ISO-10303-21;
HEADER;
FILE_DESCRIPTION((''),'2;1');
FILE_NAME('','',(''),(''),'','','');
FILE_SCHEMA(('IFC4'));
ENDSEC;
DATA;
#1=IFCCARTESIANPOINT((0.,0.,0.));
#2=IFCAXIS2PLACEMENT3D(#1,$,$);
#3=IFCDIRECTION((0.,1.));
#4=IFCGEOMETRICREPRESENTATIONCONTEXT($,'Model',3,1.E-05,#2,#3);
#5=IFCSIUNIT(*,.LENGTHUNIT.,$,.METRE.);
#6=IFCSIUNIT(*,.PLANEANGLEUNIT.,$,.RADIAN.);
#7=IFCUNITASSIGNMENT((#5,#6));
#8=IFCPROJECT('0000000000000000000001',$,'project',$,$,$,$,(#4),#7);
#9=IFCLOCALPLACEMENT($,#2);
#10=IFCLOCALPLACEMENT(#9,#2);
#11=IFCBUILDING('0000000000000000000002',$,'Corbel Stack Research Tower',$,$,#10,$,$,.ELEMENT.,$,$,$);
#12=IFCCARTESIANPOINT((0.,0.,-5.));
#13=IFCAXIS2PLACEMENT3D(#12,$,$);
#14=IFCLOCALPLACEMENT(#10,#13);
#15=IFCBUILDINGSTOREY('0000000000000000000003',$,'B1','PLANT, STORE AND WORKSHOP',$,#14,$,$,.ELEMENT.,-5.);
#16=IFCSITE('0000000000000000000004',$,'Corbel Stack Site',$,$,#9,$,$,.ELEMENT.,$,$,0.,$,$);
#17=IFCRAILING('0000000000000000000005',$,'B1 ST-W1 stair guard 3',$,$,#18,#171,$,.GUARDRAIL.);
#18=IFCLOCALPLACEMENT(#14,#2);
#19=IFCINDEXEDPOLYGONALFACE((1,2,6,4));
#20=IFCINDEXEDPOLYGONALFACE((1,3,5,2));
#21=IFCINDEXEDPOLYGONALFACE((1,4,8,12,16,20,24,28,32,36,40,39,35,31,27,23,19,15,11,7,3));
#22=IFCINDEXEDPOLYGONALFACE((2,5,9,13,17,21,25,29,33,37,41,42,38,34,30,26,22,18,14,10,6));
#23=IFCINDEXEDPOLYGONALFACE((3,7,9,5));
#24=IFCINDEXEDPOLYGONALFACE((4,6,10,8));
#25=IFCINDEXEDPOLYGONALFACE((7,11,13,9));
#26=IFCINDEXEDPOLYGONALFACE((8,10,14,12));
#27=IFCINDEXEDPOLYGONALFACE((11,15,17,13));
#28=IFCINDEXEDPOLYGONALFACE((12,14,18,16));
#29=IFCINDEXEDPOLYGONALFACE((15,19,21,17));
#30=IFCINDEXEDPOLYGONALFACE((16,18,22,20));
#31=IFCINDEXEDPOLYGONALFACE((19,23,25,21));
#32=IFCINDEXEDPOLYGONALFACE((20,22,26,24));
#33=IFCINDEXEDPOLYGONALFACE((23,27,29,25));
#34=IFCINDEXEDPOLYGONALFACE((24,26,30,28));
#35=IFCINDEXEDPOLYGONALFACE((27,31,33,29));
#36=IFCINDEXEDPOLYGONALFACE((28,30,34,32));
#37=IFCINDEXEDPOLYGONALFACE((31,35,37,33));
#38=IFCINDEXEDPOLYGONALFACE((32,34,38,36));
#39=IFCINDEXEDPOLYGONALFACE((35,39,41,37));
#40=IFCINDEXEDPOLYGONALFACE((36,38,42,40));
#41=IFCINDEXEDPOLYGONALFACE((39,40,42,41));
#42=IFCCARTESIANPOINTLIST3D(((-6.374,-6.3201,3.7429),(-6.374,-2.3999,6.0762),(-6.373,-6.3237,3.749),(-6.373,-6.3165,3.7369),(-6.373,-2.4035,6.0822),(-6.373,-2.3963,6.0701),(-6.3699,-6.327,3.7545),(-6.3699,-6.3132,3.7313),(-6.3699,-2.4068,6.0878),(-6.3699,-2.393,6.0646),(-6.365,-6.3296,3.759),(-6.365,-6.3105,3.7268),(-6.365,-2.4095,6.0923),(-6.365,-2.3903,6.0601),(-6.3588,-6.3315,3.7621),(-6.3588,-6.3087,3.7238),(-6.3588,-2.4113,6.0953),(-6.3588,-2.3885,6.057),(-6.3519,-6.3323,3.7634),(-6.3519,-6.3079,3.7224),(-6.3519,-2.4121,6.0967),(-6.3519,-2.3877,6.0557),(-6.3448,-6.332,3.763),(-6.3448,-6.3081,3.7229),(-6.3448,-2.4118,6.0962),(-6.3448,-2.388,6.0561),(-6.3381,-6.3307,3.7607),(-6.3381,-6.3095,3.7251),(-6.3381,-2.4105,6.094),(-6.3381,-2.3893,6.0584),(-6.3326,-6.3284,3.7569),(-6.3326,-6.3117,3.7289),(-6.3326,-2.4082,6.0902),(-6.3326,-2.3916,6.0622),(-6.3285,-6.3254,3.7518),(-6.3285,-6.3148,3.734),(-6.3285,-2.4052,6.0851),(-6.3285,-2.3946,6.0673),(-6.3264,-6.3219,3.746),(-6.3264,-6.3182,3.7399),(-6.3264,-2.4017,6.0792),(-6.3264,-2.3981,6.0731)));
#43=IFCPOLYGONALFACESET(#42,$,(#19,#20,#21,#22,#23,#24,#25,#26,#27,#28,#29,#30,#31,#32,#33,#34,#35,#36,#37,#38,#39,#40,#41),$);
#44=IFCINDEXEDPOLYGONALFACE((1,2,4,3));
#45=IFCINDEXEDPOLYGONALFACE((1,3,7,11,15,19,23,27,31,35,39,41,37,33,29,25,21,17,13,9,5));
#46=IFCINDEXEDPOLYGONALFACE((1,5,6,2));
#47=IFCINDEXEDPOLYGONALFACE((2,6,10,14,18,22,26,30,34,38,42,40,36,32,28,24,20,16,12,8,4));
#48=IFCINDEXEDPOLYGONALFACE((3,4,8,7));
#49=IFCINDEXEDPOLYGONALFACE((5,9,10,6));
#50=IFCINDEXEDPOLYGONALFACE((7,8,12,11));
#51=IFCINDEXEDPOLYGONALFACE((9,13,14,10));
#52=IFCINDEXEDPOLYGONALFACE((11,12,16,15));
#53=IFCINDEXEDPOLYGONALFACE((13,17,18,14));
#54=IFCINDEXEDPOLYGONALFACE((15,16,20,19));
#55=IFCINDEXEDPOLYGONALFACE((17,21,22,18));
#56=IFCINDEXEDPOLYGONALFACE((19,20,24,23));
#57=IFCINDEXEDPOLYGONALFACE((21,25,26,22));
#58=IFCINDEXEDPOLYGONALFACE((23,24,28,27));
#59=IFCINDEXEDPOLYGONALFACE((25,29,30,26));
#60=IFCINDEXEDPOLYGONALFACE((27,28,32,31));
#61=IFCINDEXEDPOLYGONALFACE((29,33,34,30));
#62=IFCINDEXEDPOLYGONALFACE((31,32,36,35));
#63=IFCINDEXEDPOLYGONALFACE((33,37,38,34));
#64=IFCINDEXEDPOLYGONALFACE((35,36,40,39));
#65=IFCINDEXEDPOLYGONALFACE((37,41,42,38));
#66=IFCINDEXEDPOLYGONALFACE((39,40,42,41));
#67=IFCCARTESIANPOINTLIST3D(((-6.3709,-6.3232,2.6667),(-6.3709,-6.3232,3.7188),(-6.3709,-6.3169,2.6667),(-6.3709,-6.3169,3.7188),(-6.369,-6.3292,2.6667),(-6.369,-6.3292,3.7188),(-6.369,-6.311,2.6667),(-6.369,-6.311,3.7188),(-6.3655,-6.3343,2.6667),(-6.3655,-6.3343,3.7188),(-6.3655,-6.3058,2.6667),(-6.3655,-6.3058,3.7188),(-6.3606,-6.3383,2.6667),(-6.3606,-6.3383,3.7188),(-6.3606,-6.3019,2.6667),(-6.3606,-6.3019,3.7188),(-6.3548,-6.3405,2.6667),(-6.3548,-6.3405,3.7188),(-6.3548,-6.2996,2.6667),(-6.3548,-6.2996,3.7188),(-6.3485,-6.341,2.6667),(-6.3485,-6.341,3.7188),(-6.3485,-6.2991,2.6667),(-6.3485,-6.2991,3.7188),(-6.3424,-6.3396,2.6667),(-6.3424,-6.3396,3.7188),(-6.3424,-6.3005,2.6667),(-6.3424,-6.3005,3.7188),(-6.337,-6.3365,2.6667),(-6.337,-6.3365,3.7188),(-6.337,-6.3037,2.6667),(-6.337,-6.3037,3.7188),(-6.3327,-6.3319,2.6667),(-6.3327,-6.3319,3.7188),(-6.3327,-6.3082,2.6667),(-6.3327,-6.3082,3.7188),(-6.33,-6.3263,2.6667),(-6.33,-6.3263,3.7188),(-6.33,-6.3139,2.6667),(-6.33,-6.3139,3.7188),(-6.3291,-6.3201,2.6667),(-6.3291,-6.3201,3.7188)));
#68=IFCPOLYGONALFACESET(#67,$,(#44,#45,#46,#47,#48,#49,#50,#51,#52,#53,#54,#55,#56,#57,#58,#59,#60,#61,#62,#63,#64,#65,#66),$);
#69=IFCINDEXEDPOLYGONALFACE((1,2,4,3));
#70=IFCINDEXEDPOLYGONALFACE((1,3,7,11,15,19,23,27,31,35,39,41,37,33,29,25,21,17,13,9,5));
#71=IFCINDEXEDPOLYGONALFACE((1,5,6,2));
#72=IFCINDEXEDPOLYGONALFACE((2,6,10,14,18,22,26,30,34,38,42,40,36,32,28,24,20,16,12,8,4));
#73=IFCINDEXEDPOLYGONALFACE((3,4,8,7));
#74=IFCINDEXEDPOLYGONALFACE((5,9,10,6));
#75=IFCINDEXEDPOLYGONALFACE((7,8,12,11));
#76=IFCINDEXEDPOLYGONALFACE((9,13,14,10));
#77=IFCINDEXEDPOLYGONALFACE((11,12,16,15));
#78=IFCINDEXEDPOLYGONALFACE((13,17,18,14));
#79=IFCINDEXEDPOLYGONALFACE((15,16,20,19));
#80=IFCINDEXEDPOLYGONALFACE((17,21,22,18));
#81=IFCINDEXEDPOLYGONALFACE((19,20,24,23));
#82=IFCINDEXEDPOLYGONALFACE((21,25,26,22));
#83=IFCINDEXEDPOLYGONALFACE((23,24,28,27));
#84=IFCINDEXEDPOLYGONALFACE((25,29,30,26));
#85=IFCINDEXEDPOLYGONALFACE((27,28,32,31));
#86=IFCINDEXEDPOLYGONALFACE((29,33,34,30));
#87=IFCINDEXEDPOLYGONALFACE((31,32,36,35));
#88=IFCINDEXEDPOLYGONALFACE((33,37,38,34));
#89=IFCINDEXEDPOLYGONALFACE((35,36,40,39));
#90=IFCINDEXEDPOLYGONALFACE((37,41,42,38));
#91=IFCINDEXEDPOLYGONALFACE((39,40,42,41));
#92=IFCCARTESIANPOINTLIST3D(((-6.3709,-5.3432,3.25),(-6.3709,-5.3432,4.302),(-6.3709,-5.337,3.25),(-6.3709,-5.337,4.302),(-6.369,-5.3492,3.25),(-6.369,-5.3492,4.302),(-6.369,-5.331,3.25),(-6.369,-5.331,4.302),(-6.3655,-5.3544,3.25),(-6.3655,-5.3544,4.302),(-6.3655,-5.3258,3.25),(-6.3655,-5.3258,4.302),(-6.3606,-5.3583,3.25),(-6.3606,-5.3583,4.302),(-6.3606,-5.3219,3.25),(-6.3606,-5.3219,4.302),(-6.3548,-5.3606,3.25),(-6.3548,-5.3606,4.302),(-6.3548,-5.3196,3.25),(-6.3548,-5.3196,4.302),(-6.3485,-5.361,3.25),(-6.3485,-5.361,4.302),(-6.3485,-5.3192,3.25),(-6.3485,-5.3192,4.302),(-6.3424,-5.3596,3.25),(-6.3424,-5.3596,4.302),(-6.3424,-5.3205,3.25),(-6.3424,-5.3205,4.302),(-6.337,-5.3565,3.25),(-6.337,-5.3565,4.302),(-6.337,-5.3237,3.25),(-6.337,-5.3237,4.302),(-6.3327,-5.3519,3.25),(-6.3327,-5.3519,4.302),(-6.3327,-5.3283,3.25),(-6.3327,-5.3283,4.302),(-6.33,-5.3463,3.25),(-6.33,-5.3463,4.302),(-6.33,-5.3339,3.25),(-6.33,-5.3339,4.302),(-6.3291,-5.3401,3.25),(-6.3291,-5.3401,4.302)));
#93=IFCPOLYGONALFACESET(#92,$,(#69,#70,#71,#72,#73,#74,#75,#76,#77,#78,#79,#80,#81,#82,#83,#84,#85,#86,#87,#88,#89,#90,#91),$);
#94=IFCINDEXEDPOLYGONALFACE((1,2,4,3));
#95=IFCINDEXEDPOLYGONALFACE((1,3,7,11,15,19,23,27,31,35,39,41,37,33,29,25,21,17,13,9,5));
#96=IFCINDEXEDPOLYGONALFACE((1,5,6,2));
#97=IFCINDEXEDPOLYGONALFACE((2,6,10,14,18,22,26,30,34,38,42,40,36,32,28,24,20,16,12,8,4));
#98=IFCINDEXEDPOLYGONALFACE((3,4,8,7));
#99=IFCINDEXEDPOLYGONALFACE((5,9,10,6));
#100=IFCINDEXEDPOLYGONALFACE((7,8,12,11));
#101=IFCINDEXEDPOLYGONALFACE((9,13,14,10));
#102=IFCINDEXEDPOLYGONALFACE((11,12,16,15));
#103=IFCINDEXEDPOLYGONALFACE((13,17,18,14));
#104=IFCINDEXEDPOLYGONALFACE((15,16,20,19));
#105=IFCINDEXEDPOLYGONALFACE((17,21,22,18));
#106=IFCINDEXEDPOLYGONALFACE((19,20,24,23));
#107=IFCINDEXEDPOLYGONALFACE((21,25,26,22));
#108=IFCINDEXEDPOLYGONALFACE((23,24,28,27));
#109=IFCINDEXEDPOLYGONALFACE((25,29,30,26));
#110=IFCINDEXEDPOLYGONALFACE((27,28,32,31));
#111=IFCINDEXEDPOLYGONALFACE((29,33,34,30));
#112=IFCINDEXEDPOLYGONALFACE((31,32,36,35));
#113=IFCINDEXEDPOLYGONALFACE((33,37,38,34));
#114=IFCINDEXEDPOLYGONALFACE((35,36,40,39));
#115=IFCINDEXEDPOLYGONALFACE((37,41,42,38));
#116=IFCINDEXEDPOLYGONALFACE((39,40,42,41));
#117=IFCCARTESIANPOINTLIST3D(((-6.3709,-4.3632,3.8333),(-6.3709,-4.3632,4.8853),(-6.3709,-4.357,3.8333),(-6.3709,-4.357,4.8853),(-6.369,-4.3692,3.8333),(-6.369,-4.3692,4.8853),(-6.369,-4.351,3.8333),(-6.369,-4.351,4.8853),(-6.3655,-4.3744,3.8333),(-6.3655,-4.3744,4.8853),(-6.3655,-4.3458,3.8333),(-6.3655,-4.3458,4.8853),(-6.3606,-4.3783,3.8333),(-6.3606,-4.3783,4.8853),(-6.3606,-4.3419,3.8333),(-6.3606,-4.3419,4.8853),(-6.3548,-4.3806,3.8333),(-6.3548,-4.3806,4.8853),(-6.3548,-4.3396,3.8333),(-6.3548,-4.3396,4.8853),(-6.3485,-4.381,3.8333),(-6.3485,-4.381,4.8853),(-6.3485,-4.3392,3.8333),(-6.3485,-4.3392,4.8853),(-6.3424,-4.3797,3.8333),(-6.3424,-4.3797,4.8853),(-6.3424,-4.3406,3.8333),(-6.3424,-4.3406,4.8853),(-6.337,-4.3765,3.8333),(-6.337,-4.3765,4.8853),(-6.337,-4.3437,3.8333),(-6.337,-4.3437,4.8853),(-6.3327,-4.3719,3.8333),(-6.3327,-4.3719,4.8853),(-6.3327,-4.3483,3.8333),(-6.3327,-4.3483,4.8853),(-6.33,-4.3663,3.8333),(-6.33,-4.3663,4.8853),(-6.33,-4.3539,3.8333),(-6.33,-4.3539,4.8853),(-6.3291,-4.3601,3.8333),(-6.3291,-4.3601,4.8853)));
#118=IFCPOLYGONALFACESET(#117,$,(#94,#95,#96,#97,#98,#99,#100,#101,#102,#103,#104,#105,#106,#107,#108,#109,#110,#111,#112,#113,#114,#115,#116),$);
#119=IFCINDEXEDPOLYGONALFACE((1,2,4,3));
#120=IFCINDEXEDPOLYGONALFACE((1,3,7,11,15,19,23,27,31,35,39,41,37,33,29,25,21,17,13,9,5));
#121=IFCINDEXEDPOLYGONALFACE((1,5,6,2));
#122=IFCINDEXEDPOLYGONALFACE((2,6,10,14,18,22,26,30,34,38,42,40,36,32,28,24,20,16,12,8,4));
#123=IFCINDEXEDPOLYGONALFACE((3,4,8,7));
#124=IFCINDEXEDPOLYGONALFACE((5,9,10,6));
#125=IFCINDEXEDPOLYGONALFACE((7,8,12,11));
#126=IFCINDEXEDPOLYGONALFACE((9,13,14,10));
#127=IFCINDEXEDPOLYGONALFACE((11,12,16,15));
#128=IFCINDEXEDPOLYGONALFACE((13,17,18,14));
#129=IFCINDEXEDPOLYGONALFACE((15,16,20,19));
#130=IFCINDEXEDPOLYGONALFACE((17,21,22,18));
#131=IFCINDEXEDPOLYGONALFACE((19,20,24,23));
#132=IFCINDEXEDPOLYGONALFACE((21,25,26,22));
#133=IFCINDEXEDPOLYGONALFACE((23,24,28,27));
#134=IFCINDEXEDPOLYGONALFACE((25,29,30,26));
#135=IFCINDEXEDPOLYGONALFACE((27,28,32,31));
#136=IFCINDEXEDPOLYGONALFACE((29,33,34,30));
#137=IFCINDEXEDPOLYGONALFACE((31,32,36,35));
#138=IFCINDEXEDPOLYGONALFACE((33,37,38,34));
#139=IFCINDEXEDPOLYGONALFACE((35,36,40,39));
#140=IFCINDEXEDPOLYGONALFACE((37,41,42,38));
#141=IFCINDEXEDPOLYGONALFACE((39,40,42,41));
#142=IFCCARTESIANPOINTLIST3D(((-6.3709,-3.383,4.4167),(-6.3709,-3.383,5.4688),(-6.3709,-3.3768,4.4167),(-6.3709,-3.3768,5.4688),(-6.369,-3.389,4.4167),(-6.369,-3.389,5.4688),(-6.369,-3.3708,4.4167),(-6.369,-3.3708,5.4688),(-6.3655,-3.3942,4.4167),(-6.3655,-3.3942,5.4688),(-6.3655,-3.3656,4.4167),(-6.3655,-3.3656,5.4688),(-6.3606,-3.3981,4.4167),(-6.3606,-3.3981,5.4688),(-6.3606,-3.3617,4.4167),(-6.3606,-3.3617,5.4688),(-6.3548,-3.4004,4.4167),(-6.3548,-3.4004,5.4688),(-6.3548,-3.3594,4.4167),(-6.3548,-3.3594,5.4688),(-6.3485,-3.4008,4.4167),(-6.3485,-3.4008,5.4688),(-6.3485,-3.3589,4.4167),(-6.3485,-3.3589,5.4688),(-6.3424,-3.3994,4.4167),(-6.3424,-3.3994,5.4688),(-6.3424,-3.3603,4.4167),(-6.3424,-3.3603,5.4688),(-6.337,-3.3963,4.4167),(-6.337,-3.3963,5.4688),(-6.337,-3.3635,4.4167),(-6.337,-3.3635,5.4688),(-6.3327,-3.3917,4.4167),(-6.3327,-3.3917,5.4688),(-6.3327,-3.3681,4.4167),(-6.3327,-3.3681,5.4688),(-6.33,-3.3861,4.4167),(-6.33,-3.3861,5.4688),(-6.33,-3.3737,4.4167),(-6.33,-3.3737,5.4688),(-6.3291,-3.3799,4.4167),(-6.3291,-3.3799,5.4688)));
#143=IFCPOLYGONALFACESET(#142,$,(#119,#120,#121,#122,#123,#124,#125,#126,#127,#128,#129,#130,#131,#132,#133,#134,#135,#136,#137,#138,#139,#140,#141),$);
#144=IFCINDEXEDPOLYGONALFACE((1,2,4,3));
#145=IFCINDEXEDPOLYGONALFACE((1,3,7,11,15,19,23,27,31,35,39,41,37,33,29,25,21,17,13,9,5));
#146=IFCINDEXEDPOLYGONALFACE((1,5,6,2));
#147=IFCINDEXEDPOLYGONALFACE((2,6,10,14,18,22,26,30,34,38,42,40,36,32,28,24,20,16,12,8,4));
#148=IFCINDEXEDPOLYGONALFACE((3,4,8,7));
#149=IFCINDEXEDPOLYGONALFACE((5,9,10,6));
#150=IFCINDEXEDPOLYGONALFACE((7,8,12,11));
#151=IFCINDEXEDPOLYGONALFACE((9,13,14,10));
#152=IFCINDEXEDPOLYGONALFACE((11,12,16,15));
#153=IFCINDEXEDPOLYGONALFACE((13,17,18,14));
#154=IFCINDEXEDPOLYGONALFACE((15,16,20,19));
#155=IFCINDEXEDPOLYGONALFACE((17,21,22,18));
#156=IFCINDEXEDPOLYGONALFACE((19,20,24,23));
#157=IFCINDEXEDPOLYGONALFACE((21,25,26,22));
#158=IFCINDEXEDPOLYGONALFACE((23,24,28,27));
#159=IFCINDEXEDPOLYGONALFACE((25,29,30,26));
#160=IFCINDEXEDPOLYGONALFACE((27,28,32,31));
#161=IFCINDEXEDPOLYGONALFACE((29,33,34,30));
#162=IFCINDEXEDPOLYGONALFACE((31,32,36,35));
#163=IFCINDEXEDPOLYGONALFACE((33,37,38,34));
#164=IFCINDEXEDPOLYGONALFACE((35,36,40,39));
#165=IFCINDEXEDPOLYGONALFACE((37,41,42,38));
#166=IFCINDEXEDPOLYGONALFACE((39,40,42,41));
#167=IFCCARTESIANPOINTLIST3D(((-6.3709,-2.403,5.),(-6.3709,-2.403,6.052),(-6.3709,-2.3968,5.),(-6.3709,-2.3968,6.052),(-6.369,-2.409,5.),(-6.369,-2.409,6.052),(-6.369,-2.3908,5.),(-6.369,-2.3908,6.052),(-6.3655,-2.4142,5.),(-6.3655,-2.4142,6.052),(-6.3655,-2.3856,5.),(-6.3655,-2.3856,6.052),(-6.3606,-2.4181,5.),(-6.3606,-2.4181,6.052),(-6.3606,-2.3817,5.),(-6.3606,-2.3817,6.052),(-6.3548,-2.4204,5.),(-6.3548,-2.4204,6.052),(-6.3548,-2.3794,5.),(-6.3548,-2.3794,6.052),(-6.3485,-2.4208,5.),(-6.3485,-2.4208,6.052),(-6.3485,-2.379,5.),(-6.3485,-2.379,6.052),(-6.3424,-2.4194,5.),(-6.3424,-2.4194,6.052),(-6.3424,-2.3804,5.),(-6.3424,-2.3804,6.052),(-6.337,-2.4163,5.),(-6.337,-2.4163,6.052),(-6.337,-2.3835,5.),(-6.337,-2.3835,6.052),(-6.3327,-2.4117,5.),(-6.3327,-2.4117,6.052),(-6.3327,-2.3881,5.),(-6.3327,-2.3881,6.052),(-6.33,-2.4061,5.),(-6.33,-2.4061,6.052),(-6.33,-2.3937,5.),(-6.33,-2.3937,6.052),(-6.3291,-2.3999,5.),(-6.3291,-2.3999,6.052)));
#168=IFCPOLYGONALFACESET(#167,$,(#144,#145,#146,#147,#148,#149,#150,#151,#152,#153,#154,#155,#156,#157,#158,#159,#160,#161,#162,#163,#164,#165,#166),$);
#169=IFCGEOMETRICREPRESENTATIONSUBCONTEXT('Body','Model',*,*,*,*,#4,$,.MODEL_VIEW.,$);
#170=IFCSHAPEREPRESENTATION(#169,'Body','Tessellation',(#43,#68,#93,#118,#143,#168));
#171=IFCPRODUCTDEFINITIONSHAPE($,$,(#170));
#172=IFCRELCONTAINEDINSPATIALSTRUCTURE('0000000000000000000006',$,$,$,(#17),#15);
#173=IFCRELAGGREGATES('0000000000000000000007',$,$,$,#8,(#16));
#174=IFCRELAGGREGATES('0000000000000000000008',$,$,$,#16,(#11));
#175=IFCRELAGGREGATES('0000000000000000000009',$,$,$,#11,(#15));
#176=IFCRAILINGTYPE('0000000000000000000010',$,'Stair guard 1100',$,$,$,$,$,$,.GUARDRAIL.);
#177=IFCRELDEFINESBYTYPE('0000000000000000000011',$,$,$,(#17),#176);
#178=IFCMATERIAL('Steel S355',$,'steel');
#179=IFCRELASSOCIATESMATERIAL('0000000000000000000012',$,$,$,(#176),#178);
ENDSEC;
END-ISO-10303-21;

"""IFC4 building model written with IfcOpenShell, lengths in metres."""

from ifc_helpers import new_model, si_unit, direction, frame, origin, origin_2d, place, context, subcontext, project, spatial, circle, extrude, material, type_object, element, save


model = new_model("IFC4")

# Units and contexts
model_context = context("Model", 3, precision=1e-05, world=origin(), true_north=direction((0.0, 1.0)))
body_context = subcontext(model_context, "Body", "Model", "MODEL_VIEW")
ifc_project = project(units=[si_unit("LENGTHUNIT", "METRE"), si_unit("PLANEANGLEUNIT", "RADIAN")], contexts=[model_context])

# Site, building, storey
site_placement = place(None, origin())
site = spatial("IfcSite", under=ifc_project, at=site_placement, Name="Corbel Stack Site", CompositionType="ELEMENT", RefElevation=0.0)
building_placement = place(site_placement, origin())
building = spatial("IfcBuilding", under=site, at=building_placement, Name="Corbel Stack Research Tower", CompositionType="ELEMENT")
storey_placement = place(building_placement, frame((0.0, 0.0, -5.0)))
storey = spatial("IfcBuildingStorey", under=building, at=storey_placement, Name="B1", Description="PLANT, STORE AND WORKSHOP", CompositionType="ELEMENT", Elevation=-5.0)

# Railing
ifc_material_1 = material(Name="Steel S355", Category="steel")
railing_type_1 = type_object("IfcRailingType", Name="Stair guard 1100", PredefinedType="GUARDRAIL", material=ifc_material_1)
railing_1_placement = place(storey_placement, frame((-6.3501, -6.3201, 2.6667)))
element("IfcRailing", 1, at=railing_1_placement, inside=storey, type_object=railing_type_1, Name="B1 ST-W1 stair guard 3", PredefinedType="GUARDRAIL", context=body_context, shape_type="SweptSolid", body=[
    extrude(circle(Radius=0.0239, at=origin_2d()), frame((0.0, 0.0, 1.0762), z_axis=(0.0, 0.85931, 0.511455), x_axis=(-1.0, 0.0, 0.0)), (0.0, 0.0, 1.0), 4.562),
    extrude(circle(Radius=0.021, at=origin_2d()), origin(), (0.0, 0.0, 1.0), 1.052),
    extrude(circle(Radius=0.021, at=origin_2d()), frame((0.0, 0.98, 0.5833)), (0.0, 0.0, 1.0), 1.052),
    extrude(circle(Radius=0.021, at=origin_2d()), frame((0.0, 1.96, 1.1665)), (0.0, 0.0, 1.0), 1.052),
    extrude(circle(Radius=0.021, at=origin_2d()), frame((0.0, 2.9402, 1.75)), (0.0, 0.0, 1.0), 1.052),
    extrude(circle(Radius=0.021, at=origin_2d()), frame((0.0, 3.9202, 2.3333)), (0.0, 0.0, 1.0), 1.052),
])

save(model, "model.ifc")
